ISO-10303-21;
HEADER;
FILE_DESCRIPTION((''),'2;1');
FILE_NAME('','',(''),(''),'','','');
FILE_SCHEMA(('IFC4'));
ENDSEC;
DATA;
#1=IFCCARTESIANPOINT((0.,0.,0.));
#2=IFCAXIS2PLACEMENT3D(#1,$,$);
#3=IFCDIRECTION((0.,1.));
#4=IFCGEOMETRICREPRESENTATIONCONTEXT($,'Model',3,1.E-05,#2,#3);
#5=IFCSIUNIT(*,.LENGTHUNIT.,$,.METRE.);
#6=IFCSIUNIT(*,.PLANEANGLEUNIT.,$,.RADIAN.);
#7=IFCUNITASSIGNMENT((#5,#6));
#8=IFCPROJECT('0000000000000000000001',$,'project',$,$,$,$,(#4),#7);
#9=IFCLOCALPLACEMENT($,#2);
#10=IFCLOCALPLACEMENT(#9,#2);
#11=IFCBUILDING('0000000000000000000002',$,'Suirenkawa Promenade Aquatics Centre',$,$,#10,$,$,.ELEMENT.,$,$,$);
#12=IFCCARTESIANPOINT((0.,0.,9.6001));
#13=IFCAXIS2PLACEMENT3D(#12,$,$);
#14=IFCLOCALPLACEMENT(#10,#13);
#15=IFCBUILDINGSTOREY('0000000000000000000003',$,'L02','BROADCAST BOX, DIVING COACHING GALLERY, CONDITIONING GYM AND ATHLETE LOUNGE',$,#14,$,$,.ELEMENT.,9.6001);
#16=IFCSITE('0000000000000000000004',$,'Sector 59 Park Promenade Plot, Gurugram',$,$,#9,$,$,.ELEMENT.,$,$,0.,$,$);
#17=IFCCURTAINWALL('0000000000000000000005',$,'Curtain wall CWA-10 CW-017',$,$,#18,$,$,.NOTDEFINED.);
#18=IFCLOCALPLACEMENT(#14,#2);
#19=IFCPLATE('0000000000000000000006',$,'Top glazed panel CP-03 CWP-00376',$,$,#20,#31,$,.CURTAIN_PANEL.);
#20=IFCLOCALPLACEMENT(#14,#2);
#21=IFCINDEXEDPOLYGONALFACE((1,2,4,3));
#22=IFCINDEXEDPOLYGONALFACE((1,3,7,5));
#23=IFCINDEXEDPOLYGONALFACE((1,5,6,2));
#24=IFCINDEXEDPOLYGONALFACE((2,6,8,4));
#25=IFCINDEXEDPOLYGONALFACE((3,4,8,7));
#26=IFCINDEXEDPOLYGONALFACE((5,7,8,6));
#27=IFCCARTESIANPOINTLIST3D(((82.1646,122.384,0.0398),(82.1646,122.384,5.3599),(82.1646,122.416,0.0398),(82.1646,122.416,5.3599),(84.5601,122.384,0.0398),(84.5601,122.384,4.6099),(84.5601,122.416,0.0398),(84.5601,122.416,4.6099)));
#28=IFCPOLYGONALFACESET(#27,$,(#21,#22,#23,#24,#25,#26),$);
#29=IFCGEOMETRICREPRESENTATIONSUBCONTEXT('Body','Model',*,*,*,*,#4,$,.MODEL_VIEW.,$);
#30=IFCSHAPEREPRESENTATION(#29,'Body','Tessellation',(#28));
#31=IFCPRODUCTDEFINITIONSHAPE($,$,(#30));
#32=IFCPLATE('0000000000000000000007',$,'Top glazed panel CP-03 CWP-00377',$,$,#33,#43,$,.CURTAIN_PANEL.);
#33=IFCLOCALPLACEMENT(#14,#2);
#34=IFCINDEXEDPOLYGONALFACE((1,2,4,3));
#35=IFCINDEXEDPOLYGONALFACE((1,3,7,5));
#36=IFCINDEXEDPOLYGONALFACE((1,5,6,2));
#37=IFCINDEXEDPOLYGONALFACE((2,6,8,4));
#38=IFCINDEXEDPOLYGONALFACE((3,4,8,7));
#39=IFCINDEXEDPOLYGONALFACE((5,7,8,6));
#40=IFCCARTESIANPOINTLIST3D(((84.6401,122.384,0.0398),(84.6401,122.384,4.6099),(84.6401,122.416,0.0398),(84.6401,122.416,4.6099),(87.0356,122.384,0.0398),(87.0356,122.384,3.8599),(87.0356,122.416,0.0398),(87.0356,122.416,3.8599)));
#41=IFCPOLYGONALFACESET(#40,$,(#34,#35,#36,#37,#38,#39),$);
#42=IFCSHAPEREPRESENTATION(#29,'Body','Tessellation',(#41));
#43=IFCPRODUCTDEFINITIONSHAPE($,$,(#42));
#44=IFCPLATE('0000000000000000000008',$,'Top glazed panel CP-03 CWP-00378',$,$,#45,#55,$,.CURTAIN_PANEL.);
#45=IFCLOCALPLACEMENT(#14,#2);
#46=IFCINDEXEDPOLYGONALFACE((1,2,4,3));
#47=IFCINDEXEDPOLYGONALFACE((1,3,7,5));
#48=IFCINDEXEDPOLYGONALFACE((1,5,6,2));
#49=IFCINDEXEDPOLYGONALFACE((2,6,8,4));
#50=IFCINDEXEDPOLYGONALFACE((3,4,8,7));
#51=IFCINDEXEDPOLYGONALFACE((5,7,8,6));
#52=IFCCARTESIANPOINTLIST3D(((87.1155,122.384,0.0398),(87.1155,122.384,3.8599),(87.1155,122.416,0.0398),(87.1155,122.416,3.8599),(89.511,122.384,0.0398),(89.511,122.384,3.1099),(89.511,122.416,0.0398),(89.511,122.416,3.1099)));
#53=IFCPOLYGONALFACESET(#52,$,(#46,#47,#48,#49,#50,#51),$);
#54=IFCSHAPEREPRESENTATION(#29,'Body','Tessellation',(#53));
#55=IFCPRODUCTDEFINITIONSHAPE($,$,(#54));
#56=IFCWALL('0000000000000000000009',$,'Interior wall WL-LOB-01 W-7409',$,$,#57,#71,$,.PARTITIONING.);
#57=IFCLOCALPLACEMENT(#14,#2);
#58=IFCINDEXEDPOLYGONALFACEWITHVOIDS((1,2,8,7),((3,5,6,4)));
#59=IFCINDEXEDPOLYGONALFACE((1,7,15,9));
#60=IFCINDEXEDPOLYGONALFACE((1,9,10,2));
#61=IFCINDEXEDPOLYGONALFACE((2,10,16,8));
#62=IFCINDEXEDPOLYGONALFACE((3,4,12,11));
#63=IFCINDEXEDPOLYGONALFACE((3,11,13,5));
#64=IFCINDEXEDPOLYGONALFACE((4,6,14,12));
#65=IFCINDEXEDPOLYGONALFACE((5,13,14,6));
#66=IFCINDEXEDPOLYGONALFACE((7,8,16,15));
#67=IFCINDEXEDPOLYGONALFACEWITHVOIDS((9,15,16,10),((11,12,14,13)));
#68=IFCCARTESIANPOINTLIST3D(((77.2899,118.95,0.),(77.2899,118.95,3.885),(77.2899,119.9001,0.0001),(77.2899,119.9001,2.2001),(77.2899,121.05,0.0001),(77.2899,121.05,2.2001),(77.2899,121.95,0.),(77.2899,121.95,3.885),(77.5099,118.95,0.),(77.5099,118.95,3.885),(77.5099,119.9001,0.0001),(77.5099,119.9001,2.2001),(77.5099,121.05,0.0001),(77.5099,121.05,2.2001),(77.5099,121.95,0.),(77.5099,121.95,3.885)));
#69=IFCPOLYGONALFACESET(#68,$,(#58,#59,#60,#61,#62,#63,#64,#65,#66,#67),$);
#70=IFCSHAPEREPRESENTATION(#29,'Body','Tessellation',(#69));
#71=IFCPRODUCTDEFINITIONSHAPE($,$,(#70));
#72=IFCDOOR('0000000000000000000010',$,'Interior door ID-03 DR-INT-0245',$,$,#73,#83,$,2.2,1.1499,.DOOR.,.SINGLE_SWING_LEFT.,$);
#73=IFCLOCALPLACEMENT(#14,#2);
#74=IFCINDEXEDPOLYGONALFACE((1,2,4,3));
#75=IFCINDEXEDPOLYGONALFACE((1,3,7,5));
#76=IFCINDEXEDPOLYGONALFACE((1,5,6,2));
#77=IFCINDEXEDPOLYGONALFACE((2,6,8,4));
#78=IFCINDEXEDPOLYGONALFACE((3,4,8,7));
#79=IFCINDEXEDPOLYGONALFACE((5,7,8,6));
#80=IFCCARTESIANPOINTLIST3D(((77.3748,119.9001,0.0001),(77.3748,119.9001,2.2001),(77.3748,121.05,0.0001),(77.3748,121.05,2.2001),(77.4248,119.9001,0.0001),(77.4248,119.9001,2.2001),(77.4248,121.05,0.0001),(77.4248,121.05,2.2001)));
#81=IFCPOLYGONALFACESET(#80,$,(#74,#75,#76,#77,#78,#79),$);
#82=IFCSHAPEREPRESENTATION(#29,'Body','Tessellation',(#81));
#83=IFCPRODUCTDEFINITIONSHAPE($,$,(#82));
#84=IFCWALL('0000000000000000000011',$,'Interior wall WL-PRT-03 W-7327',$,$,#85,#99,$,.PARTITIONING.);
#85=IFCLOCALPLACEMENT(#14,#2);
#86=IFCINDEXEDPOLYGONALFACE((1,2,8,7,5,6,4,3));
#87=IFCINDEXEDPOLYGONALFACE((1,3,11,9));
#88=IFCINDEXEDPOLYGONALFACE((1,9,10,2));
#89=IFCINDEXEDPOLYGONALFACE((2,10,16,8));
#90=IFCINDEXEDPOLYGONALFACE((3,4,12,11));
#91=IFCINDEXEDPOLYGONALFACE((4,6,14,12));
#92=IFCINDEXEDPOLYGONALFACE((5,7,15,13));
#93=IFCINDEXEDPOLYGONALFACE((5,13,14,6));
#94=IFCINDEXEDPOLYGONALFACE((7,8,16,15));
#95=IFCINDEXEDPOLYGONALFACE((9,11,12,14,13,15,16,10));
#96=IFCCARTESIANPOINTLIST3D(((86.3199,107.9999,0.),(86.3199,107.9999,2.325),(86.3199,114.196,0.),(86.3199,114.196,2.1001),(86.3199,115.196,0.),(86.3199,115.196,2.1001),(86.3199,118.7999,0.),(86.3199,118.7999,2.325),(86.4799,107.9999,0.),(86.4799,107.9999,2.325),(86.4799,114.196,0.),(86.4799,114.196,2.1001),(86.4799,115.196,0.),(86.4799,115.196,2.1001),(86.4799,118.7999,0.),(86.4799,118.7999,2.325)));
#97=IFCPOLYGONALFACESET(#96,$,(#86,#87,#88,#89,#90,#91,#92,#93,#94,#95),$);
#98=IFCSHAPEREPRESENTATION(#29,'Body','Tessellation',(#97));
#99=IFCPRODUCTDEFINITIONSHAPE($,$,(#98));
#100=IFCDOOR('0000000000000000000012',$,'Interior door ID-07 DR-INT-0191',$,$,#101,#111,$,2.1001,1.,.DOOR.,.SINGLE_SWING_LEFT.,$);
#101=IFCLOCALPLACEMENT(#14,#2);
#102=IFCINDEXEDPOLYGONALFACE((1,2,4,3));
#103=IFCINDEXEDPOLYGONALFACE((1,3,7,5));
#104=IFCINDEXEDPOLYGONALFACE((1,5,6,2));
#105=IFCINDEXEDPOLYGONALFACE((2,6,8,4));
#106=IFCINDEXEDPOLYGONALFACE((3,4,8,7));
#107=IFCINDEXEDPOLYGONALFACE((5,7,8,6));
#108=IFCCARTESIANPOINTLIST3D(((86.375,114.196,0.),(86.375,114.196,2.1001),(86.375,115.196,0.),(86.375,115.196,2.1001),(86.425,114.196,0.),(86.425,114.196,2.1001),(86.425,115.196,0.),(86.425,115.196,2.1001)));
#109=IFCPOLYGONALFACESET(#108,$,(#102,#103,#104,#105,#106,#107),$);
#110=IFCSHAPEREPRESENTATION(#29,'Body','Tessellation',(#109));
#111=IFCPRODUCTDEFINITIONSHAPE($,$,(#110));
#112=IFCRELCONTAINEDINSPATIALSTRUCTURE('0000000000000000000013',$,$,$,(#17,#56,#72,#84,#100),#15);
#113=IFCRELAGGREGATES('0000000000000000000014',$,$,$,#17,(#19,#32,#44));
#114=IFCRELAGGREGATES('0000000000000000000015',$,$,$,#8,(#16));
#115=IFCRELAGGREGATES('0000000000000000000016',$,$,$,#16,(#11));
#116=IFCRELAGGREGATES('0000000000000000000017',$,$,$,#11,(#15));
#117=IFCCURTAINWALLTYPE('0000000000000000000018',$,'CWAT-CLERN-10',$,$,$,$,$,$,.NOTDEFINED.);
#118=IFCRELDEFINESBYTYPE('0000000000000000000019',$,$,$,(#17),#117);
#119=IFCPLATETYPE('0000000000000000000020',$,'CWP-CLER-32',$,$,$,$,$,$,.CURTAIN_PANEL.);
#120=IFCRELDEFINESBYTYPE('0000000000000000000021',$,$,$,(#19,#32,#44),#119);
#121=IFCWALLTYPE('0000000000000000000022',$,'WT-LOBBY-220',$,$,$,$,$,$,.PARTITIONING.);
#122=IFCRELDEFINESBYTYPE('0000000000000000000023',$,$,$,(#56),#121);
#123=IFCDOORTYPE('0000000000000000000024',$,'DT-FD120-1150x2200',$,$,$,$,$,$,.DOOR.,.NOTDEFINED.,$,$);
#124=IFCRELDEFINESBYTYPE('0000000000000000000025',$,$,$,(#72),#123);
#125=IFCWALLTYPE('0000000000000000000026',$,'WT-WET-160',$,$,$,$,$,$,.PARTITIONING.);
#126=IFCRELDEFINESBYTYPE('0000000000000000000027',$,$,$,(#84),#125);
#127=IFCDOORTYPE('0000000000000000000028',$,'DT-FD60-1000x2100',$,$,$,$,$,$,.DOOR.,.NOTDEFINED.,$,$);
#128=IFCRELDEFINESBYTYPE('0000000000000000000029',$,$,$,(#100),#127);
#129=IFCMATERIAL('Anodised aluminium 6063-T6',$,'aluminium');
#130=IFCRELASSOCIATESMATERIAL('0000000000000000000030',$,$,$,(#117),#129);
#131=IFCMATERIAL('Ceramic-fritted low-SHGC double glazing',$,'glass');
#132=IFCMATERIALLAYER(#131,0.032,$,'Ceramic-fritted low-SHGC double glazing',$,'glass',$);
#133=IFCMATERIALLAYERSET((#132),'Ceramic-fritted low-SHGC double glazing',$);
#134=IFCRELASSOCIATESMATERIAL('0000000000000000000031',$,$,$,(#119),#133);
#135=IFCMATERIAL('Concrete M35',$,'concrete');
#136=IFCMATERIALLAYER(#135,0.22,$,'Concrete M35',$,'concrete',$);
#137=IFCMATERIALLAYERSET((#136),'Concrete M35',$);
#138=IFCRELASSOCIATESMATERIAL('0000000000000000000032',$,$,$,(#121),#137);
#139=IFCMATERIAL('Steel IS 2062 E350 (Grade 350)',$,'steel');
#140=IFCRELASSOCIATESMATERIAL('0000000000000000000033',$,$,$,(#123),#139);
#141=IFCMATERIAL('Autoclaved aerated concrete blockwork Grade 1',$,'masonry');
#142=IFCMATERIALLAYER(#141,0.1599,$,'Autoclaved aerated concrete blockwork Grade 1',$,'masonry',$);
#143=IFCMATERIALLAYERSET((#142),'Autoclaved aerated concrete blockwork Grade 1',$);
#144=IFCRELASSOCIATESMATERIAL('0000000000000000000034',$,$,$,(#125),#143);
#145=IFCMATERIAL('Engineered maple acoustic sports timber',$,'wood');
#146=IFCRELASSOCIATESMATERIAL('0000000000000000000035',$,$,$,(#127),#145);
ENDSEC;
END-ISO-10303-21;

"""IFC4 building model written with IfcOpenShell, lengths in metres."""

from ifc_helpers import new_model, si_unit, direction, frame, frame_2d, origin, place, context, subcontext, project, spatial, polyline, rectangle, outline, extrude, material, layer, layer_set, type_object, element, fill, aggregate, save


model = new_model("IFC4")

# Units and contexts
model_context = context("Model", 3, precision=1e-05, world=origin(), true_north=direction((0.0, 1.0)))
body_context = subcontext(model_context, "Body", "Model", "MODEL_VIEW")
ifc_project = project(units=[si_unit("LENGTHUNIT", "METRE"), si_unit("PLANEANGLEUNIT", "RADIAN")], contexts=[model_context])

# Site, building, storey
site_placement = place(None, origin())
site = spatial("IfcSite", under=ifc_project, at=site_placement, Name="Sector 59 Park Promenade Plot, Gurugram", CompositionType="ELEMENT", RefElevation=0.0)
building_placement = place(site_placement, origin())
building = spatial("IfcBuilding", under=site, at=building_placement, Name="Suirenkawa Promenade Aquatics Centre", CompositionType="ELEMENT")
storey_placement = place(building_placement, frame((0.0, 0.0, 9.6001)))
storey = spatial("IfcBuildingStorey", under=building, at=storey_placement, Name="L02", Description="BROADCAST BOX, DIVING COACHING GALLERY, CONDITIONING GYM AND ATHLETE LOUNGE", CompositionType="ELEMENT", Elevation=9.6001)

# Shared definitions
ifc_material_1 = material(Name="Anodised aluminium 6063-T6", Category="aluminium")

# Curtain wall, plates
curtain_wall_type_1 = type_object("IfcCurtainWallType", Name="CWAT-CLERN-10", PredefinedType="NOTDEFINED", material=ifc_material_1)
curtain_wall_1_placement = place(storey_placement, origin())
curtain_wall_1 = element("IfcCurtainWall", 1, at=curtain_wall_1_placement, inside=storey, type_object=curtain_wall_type_1, Name="Curtain wall CWA-10 CW-017", PredefinedType="NOTDEFINED")
ifc_material_2 = material(Name="Ceramic-fritted low-SHGC double glazing", Category="glass")
ifc_layer_1 = layer(ifc_material_2, 0.032, Name="Ceramic-fritted low-SHGC double glazing", Category="glass")
ifc_layer_set_1 = layer_set([ifc_layer_1], Name="Ceramic-fritted low-SHGC double glazing")
plate_type = type_object("IfcPlateType", Name="CWP-CLER-32", PredefinedType="CURTAIN_PANEL", material=ifc_layer_set_1)
plate_1_placement = place(storey_placement, frame((82.1245, 122.3999, 0.0398), z_axis=(0.0, 0.0, 1.0), x_axis=(1.0, 0.0, 0.0)))
plate_1 = element("IfcPlate", 2, at=plate_1_placement, type_object=plate_type, Name="Top glazed panel CP-03 CWP-00376", PredefinedType="CURTAIN_PANEL", context=body_context, shape_type="SweptSolid", body=[
    extrude(outline(polyline([(0.04, 0.0), (2.4355, 0.0), (2.4355, 4.5701), (0.04, 5.3201), (0.04, 0.0)])), frame((0.0, 0.0161, 0.0), z_axis=(0.0, -1.0, 0.0), x_axis=(1.0, 0.0, 0.0)), (0.0, 0.0, 1.0), 0.032),
])
plate_2_placement = place(storey_placement, frame((84.6001, 122.3999, 0.0398), z_axis=(0.0, 0.0, 1.0), x_axis=(1.0, 0.0, 0.0)))
plate_2 = element("IfcPlate", 3, at=plate_2_placement, type_object=plate_type, Name="Top glazed panel CP-03 CWP-00377", PredefinedType="CURTAIN_PANEL", context=body_context, shape_type="SweptSolid", body=[
    extrude(outline(polyline([(0.04, 0.0), (2.4355, 0.0), (2.4355, 3.8201), (0.04, 4.5701), (0.04, 0.0)])), frame((0.0, 0.0161, 0.0), z_axis=(0.0, -1.0, 0.0), x_axis=(1.0, 0.0, 0.0)), (0.0, 0.0, 1.0), 0.032),
])
plate_3_placement = place(storey_placement, frame((87.0754, 122.3999, 0.0398), z_axis=(0.0, 0.0, 1.0), x_axis=(1.0, 0.0, 0.0)))
plate_3 = element("IfcPlate", 4, at=plate_3_placement, type_object=plate_type, Name="Top glazed panel CP-03 CWP-00378", PredefinedType="CURTAIN_PANEL", context=body_context, shape_type="SweptSolid", body=[
    extrude(outline(polyline([(0.04, 0.0), (2.4355, 0.0), (2.4355, 3.0701), (0.04, 3.8201), (0.04, 0.0)])), frame((0.0, 0.0161, 0.0), z_axis=(0.0, -1.0, 0.0), x_axis=(1.0, 0.0, 0.0)), (0.0, 0.0, 1.0), 0.032),
])
aggregate(curtain_wall_1, [plate_1, plate_2, plate_3])

# Walls, openings, doors
ifc_material_3 = material(Name="Concrete M35", Category="concrete")
ifc_layer_2 = layer(ifc_material_3, 0.22, Name="Concrete M35", Category="concrete")
ifc_layer_set_2 = layer_set([ifc_layer_2], Name="Concrete M35")
wall_type_1 = type_object("IfcWallType", Name="WT-LOBBY-220", PredefinedType="PARTITIONING", material=ifc_layer_set_2)
wall_1_placement = place(storey_placement, frame((77.3999, 121.95, 0.0), z_axis=(0.0, 0.0, 1.0), x_axis=(0.0, -1.0, 0.0)))
wall_1 = element("IfcWall", 5, at=wall_1_placement, inside=storey, type_object=wall_type_1, Name="Interior wall WL-LOB-01 W-7409", PredefinedType="PARTITIONING", context=body_context, shape_type="SweptSolid", body=[
    extrude(rectangle(XDim=3.0, YDim=0.22, at=frame_2d((1.5, 0.0))), origin(), (0.0, 0.0, 1.0), 3.885),
])
opening_1_placement = place(wall_1_placement, frame((0.8999, 0.0, 0.0)))
opening_1 = element("IfcOpeningElement", 6, at=opening_1_placement, cuts=wall_1, PredefinedType="OPENING", context=body_context, shape_type="SweptSolid", body=[
    extrude(rectangle(XDim=1.1499, YDim=2.2, at=frame_2d((0.575, 1.1001))), frame((0.0, 0.1199, 0.0), z_axis=(0.0, -1.0, 0.0), x_axis=(1.0, 0.0, 0.0)), (0.0, 0.0, 1.0), 0.24),
])
ifc_material_4 = material(Name="Steel IS 2062 E350 (Grade 350)", Category="steel")
door_type_1 = type_object("IfcDoorType", Name="DT-FD120-1150x2200", OperationType="NOTDEFINED", PredefinedType="DOOR", material=ifc_material_4)
door_1_placement = place(opening_1_placement, origin())
door_1 = element("IfcDoor", 7, at=door_1_placement, inside=storey, type_object=door_type_1, Name="Interior door ID-03 DR-INT-0245", OperationType="SINGLE_SWING_LEFT", OverallHeight=2.2, OverallWidth=1.1499, PredefinedType="DOOR", context=body_context, shape_type="SweptSolid", body=[
    extrude(rectangle(XDim=1.1499, YDim=2.2, at=frame_2d((0.575, 1.1001))), frame((0.0, 0.0249, 0.0), z_axis=(0.0, -1.0, 0.0), x_axis=(1.0, 0.0, 0.0)), (0.0, 0.0, 1.0), 0.05),
])
fill(opening_1, door_1)
ifc_material_5 = material(Name="Autoclaved aerated concrete blockwork Grade 1", Category="masonry")
ifc_layer_3 = layer(ifc_material_5, 0.1599, Name="Autoclaved aerated concrete blockwork Grade 1", Category="masonry")
ifc_layer_set_3 = layer_set([ifc_layer_3], Name="Autoclaved aerated concrete blockwork Grade 1")
wall_type_2 = type_object("IfcWallType", Name="WT-WET-160", PredefinedType="PARTITIONING", material=ifc_layer_set_3)
wall_2_placement = place(storey_placement, frame((86.3999, 108.0, 0.0), z_axis=(0.0, 0.0, 1.0), x_axis=(0.0, 1.0, 0.0)))
wall_2 = element("IfcWall", 8, at=wall_2_placement, inside=storey, type_object=wall_type_2, Name="Interior wall WL-PRT-03 W-7327", PredefinedType="PARTITIONING", context=body_context, shape_type="SweptSolid", body=[
    extrude(rectangle(XDim=10.8, YDim=0.1599, at=frame_2d((5.3999, 0.0))), origin(), (0.0, 0.0, 1.0), 2.325),
])
opening_2_placement = place(wall_2_placement, frame((6.196, 0.0, 0.0)))
opening_2 = element("IfcOpeningElement", 9, at=opening_2_placement, cuts=wall_2, PredefinedType="OPENING", context=body_context, shape_type="SweptSolid", body=[
    extrude(rectangle(XDim=1.0, YDim=2.1001, at=frame_2d((0.5, 1.05))), frame((0.0, 0.0898, 0.0), z_axis=(0.0, -1.0, 0.0), x_axis=(1.0, 0.0, 0.0)), (0.0, 0.0, 1.0), 0.1799),
])
ifc_material_6 = material(Name="Engineered maple acoustic sports timber", Category="wood")
door_type_2 = type_object("IfcDoorType", Name="DT-FD60-1000x2100", OperationType="NOTDEFINED", PredefinedType="DOOR", material=ifc_material_6)
door_2_placement = place(opening_2_placement, origin())
door_2 = element("IfcDoor", 10, at=door_2_placement, inside=storey, type_object=door_type_2, Name="Interior door ID-07 DR-INT-0191", OperationType="SINGLE_SWING_LEFT", OverallHeight=2.1001, OverallWidth=1.0, PredefinedType="DOOR", context=body_context, shape_type="SweptSolid", body=[
    extrude(rectangle(XDim=1.0, YDim=2.1001, at=frame_2d((0.5, 1.05))), frame((0.0, 0.0249, 0.0), z_axis=(0.0, -1.0, 0.0), x_axis=(1.0, 0.0, 0.0)), (0.0, 0.0, 1.0), 0.05),
])
fill(opening_2, door_2)

save(model, "model.ifc")
